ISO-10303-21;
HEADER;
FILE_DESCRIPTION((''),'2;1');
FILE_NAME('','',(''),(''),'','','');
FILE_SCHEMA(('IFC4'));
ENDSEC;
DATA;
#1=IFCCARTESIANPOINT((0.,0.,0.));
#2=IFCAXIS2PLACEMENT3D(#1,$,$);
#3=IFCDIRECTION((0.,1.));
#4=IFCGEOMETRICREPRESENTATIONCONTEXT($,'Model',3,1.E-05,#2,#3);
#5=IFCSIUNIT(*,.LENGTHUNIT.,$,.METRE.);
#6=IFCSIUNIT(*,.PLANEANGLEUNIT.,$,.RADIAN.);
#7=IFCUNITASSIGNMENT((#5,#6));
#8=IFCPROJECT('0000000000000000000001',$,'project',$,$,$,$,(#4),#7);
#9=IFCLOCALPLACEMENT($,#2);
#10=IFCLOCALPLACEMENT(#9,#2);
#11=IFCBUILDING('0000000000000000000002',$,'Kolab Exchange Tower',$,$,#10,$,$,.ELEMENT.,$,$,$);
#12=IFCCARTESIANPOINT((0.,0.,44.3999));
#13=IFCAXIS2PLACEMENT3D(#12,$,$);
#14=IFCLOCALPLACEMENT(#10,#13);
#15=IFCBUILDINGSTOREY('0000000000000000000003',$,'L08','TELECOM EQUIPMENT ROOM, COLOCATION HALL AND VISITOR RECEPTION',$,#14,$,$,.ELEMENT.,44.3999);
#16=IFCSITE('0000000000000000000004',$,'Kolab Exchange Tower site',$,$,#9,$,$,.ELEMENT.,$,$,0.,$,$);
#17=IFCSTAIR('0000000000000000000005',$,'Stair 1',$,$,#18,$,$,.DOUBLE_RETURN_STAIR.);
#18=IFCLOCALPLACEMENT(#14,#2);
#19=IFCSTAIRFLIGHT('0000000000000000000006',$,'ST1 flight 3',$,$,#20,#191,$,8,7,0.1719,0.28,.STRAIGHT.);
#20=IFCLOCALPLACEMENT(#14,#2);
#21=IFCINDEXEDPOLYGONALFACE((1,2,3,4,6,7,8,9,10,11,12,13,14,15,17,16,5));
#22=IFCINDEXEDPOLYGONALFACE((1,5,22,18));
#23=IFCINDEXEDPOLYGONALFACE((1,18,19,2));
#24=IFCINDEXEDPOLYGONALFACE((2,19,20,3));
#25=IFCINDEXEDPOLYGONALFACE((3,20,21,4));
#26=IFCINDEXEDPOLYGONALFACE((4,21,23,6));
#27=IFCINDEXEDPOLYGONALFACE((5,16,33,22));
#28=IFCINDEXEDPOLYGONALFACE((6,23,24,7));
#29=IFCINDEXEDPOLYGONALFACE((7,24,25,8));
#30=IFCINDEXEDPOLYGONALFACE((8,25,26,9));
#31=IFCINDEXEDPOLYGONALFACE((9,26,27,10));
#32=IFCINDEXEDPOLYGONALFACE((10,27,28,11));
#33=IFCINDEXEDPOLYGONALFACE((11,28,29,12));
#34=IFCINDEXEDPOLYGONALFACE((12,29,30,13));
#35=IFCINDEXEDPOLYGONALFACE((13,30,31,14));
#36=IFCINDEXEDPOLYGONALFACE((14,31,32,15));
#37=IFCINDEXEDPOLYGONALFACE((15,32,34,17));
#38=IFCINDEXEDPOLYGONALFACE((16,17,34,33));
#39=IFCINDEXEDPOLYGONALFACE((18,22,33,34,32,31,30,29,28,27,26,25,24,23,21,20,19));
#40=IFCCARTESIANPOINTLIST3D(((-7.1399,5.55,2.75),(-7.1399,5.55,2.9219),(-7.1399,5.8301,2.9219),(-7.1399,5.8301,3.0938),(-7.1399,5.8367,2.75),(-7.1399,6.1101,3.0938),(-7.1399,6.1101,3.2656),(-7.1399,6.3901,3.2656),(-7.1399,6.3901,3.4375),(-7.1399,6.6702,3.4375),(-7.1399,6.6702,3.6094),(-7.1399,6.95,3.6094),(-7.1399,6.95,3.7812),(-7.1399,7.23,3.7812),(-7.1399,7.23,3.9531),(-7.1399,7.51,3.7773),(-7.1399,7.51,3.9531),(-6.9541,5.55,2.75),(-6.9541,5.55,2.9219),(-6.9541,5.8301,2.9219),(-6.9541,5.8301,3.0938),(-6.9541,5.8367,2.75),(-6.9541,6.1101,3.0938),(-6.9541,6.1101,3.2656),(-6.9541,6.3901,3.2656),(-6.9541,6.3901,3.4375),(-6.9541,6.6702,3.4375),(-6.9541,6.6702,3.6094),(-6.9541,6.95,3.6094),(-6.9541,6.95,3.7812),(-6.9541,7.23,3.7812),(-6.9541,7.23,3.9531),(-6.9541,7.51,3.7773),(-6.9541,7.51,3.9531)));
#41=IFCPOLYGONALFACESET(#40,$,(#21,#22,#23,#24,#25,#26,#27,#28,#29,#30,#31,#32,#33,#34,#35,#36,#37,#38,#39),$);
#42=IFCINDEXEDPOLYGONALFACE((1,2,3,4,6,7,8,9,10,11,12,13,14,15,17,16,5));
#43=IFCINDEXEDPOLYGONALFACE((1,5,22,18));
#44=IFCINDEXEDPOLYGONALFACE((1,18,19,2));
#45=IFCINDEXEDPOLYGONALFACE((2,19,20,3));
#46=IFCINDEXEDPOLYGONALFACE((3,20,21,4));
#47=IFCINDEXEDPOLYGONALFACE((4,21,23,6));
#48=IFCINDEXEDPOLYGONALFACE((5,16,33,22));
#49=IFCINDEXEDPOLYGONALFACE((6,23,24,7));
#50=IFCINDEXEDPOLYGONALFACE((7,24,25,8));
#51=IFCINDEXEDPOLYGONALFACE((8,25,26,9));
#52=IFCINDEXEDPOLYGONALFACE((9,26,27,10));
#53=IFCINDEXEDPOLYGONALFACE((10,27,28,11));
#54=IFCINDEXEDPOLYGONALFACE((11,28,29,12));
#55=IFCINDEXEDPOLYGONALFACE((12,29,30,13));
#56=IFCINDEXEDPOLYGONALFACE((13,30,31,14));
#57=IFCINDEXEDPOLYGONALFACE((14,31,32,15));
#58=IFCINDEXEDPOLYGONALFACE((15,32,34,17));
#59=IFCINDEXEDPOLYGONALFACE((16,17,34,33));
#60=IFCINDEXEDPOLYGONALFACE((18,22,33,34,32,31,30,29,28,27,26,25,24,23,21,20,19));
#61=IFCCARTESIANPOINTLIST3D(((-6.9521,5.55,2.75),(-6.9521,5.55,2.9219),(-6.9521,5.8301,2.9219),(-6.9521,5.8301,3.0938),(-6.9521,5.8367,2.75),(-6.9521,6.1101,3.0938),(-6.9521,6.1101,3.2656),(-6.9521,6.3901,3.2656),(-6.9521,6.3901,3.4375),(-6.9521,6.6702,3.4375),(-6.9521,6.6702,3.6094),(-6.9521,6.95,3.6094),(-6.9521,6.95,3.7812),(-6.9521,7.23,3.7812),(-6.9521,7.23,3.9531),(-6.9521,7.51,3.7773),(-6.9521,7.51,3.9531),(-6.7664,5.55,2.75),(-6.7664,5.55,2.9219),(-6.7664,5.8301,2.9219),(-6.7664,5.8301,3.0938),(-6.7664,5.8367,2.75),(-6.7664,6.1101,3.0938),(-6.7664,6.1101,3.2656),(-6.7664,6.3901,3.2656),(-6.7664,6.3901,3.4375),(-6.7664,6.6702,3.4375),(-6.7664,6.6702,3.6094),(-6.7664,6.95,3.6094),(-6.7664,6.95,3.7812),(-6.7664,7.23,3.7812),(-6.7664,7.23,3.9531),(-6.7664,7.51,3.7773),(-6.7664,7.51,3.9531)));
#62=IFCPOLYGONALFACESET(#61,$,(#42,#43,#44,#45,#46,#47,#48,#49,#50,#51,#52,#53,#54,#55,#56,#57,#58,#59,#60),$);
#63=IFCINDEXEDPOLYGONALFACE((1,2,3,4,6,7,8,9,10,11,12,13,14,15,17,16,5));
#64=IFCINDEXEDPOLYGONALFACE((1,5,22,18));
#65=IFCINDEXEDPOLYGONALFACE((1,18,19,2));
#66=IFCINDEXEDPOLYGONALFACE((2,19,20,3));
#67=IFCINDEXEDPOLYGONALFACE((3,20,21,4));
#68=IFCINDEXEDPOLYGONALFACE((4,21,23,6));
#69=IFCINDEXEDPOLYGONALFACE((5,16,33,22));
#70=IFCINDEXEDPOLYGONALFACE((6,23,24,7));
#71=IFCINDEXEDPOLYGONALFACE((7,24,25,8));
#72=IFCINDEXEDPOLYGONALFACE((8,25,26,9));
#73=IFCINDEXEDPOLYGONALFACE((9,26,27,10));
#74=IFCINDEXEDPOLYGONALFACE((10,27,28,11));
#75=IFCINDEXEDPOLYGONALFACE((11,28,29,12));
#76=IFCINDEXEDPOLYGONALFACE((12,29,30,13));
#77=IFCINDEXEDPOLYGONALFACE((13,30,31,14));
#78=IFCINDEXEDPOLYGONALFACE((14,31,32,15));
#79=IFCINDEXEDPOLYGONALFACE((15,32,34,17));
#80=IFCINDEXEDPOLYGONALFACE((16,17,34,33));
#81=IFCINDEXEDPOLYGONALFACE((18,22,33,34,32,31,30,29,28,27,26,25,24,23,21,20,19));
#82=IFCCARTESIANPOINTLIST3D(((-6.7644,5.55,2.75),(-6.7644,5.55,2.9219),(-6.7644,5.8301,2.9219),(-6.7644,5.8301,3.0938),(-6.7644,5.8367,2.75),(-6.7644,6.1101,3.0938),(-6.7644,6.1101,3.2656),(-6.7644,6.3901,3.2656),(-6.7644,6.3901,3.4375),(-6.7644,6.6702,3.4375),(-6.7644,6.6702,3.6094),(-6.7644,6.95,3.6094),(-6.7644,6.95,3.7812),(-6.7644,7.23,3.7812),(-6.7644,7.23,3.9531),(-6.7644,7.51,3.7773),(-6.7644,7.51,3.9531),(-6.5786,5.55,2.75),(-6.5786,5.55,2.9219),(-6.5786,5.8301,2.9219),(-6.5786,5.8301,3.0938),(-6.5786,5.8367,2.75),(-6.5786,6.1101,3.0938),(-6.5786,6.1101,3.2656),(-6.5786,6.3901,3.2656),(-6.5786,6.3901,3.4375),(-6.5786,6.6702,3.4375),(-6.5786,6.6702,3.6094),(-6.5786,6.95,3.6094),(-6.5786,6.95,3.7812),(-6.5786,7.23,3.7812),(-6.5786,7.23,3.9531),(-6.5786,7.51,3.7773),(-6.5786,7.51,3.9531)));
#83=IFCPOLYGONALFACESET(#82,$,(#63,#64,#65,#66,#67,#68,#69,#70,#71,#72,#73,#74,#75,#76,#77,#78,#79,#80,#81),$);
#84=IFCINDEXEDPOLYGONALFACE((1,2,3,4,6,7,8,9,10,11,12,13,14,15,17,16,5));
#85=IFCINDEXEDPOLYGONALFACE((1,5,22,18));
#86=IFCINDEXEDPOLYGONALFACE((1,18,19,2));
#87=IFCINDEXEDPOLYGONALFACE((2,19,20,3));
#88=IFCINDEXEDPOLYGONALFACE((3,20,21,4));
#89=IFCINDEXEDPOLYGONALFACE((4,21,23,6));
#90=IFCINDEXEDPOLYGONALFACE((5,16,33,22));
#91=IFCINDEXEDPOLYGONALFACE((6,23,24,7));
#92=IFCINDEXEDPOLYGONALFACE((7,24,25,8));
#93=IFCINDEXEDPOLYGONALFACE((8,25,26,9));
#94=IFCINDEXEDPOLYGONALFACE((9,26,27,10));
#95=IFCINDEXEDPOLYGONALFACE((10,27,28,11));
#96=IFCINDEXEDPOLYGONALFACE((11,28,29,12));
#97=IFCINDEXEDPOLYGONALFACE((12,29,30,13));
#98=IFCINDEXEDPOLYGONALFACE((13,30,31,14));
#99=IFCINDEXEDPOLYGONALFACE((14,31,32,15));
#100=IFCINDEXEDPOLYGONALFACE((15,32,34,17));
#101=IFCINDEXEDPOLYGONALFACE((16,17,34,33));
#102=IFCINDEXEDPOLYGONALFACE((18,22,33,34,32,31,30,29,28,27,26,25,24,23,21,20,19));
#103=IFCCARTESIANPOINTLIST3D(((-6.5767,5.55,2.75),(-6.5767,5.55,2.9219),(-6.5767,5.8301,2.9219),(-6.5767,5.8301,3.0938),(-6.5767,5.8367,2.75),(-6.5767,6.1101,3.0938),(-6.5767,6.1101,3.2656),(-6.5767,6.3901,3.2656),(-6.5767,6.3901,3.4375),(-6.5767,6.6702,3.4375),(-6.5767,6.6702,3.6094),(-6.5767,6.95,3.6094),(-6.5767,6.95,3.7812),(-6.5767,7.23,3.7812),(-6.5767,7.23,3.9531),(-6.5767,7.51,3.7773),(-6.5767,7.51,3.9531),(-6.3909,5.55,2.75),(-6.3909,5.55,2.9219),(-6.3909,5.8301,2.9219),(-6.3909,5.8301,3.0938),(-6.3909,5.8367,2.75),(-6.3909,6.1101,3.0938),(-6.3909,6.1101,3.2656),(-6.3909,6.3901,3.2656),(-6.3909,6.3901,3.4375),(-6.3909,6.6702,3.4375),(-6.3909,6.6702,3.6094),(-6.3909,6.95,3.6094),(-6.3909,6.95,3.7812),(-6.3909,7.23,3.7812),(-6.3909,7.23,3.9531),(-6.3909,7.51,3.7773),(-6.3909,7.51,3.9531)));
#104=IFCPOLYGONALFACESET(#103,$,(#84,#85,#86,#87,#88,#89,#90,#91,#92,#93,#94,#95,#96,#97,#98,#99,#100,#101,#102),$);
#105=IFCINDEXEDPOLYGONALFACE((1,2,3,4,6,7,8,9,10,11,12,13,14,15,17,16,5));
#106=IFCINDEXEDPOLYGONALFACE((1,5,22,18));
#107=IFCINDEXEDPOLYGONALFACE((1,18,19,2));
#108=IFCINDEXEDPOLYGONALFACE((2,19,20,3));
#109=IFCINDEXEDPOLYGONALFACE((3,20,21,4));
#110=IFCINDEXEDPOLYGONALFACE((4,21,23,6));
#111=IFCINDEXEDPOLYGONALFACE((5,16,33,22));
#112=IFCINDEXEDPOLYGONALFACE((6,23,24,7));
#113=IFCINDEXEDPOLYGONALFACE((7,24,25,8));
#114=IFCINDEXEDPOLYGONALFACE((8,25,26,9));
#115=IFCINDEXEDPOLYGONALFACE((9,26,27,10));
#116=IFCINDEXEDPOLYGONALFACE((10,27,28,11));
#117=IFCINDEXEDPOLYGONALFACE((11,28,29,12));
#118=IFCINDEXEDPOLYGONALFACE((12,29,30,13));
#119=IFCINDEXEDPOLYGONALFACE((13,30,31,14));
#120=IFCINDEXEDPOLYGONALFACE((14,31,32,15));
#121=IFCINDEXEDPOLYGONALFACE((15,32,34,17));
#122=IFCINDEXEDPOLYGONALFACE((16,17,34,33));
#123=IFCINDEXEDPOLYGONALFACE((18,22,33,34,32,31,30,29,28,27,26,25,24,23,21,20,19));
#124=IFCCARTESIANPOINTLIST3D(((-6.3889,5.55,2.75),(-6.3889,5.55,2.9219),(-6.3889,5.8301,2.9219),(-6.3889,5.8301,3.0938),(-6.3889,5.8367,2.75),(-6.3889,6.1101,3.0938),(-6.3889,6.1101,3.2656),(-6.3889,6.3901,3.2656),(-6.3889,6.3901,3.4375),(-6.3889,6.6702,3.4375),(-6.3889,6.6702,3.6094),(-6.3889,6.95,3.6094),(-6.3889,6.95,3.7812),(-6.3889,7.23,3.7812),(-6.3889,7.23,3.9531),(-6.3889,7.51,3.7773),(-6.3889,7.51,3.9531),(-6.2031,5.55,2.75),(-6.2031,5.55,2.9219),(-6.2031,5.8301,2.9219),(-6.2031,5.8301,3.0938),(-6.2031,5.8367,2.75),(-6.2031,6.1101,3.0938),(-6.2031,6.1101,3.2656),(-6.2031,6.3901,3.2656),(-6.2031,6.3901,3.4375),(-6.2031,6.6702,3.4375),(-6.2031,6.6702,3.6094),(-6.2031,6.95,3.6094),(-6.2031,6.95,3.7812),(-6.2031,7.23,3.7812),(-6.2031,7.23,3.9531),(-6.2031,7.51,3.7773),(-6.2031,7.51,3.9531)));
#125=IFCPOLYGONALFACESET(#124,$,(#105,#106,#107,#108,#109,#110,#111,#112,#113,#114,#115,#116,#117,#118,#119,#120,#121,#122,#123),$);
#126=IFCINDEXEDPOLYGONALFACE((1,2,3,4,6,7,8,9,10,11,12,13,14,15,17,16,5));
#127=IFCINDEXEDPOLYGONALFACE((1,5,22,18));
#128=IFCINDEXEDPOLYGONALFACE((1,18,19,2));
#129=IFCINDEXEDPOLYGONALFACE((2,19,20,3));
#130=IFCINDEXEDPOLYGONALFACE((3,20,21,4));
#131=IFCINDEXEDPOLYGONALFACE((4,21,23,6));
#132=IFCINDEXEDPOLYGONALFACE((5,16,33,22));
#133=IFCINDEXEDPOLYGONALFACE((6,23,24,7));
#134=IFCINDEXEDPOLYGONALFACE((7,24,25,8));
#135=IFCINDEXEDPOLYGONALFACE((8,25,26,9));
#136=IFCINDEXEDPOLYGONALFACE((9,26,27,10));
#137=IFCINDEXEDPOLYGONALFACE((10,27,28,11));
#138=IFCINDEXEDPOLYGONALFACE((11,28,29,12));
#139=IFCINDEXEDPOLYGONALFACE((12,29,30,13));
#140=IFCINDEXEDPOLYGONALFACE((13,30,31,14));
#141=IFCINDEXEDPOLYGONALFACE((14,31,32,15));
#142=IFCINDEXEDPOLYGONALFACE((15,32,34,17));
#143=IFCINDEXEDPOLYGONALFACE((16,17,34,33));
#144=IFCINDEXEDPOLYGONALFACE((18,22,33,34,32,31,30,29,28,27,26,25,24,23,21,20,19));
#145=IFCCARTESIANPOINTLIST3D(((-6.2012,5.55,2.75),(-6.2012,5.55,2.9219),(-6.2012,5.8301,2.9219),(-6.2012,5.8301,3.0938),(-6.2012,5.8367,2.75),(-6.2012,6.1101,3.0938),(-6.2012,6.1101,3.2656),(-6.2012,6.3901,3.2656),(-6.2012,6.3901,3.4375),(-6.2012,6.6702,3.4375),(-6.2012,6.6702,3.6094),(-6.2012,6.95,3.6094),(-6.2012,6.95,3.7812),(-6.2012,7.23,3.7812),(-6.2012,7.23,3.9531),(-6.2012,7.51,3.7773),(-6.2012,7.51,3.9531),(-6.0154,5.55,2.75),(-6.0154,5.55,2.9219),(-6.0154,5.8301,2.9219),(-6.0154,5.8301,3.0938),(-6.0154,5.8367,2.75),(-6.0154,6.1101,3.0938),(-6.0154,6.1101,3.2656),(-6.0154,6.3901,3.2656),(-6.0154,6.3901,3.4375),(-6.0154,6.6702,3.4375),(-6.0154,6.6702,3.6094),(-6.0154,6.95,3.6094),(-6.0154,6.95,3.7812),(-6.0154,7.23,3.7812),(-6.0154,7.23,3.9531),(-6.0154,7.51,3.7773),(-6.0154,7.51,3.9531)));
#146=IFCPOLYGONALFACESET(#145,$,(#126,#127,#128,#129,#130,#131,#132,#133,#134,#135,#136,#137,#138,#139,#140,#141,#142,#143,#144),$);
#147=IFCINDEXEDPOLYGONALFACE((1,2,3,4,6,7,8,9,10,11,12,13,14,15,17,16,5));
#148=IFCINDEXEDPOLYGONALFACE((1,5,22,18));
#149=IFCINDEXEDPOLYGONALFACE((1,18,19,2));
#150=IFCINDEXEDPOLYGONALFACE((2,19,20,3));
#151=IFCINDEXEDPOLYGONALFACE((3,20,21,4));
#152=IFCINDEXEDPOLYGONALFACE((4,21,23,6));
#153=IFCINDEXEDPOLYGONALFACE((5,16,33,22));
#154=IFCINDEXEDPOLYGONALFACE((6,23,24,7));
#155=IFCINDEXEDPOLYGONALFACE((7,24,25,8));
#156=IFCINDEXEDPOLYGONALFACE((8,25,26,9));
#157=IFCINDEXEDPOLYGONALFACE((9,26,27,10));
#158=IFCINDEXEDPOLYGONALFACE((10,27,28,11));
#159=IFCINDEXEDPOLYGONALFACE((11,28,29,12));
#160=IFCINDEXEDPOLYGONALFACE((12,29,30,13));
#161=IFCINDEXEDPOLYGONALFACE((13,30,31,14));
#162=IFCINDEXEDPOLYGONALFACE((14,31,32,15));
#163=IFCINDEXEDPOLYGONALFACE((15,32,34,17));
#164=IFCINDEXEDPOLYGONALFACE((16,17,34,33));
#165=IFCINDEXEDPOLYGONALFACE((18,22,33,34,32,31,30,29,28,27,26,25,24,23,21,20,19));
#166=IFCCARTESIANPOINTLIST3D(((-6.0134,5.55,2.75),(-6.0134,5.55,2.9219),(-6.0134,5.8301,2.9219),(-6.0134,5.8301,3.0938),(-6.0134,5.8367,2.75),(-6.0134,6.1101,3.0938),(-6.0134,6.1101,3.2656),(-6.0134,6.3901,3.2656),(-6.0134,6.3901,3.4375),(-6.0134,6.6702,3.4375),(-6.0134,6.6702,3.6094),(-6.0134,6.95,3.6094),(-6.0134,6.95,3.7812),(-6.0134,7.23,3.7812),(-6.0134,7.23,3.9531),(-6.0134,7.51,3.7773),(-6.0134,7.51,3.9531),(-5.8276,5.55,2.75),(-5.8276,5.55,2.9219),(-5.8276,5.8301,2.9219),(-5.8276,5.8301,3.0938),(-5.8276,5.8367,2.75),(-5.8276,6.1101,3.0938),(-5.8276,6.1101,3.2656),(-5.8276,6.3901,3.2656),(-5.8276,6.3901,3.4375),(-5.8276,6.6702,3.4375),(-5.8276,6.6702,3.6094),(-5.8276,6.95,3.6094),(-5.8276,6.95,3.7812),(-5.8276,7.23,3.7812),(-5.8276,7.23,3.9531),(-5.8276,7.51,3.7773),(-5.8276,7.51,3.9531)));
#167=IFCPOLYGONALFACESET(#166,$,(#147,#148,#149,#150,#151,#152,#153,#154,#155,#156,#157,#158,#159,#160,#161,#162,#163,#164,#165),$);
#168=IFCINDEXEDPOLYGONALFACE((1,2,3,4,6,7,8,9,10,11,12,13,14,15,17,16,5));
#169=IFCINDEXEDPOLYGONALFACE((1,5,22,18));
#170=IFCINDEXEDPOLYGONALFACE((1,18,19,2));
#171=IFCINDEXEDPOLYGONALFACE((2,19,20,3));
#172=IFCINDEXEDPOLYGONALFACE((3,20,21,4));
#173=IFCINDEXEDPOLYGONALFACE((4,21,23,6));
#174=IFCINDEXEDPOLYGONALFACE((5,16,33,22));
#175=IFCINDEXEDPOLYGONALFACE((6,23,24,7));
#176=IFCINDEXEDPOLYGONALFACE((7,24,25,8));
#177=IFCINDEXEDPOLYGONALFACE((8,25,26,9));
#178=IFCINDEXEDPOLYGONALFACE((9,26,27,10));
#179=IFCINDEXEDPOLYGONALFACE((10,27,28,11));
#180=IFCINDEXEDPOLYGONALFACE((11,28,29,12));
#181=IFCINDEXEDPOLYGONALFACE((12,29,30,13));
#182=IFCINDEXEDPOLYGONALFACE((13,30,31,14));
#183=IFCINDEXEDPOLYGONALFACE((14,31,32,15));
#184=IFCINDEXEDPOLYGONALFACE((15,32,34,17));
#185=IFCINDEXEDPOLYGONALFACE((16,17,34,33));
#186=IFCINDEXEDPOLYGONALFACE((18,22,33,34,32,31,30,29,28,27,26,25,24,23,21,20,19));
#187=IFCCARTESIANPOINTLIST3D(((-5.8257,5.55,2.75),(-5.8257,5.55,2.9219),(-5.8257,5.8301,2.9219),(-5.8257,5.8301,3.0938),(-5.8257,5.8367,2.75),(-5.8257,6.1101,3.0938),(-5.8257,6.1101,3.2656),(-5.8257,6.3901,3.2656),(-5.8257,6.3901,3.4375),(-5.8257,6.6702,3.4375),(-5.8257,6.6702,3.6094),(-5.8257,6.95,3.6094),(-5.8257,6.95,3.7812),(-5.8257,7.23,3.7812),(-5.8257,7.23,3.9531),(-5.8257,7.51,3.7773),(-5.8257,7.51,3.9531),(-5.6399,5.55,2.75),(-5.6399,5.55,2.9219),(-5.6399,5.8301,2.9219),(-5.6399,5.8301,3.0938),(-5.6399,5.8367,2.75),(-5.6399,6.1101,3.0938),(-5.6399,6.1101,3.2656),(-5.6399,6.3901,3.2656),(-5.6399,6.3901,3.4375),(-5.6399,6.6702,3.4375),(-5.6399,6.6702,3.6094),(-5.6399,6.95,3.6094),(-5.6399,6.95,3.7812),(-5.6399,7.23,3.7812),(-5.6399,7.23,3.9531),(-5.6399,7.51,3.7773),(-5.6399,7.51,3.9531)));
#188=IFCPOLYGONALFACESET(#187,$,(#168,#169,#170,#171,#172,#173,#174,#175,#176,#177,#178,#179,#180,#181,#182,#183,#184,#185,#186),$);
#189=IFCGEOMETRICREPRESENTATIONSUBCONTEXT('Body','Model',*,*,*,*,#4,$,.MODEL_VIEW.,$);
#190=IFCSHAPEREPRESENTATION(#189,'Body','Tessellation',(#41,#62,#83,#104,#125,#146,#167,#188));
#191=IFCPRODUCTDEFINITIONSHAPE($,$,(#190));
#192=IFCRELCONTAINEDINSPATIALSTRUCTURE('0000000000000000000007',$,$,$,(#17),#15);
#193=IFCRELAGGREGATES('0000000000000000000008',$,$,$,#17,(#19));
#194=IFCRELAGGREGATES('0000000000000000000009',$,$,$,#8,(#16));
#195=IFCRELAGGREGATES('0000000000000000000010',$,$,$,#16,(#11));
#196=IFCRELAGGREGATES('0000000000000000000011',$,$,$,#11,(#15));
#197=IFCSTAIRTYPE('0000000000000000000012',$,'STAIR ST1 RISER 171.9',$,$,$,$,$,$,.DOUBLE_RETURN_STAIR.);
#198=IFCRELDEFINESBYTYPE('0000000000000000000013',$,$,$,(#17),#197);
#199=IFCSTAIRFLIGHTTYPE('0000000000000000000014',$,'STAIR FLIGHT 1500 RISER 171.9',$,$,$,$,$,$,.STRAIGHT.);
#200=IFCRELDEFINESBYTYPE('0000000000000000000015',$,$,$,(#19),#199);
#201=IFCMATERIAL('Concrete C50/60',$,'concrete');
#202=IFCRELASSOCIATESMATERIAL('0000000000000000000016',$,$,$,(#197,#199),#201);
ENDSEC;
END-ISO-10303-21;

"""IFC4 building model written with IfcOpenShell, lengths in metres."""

from ifc_helpers import new_model, si_unit, direction, frame, origin, place, context, subcontext, project, spatial, polyline, outline, extrude, material, type_object, element, aggregate, save


model = new_model("IFC4")

# Units and contexts
model_context = context("Model", 3, precision=1e-05, world=origin(), true_north=direction((0.0, 1.0)))
body_context = subcontext(model_context, "Body", "Model", "MODEL_VIEW")
ifc_project = project(units=[si_unit("LENGTHUNIT", "METRE"), si_unit("PLANEANGLEUNIT", "RADIAN")], contexts=[model_context])

# Site, building, storey
site_placement = place(None, origin())
site = spatial("IfcSite", under=ifc_project, at=site_placement, Name="Kolab Exchange Tower site", CompositionType="ELEMENT", RefElevation=0.0)
building_placement = place(site_placement, origin())
building = spatial("IfcBuilding", under=site, at=building_placement, Name="Kolab Exchange Tower", CompositionType="ELEMENT")
storey_placement = place(building_placement, frame((0.0, 0.0, 44.3999)))
storey = spatial("IfcBuildingStorey", under=building, at=storey_placement, Name="L08", Description="TELECOM EQUIPMENT ROOM, COLOCATION HALL AND VISITOR RECEPTION", CompositionType="ELEMENT", Elevation=44.3999)

# Shared definitions
ifc_material_1 = material(Name="Concrete C50/60", Category="concrete")

# Stair, stair flight
stair_type = type_object("IfcStairType", Name="STAIR ST1 RISER 171.9", PredefinedType="DOUBLE_RETURN_STAIR", material=ifc_material_1)
stair_placement = place(storey_placement, origin())
stair = element("IfcStair", 1, at=stair_placement, inside=storey, type_object=stair_type, Name="Stair 1", PredefinedType="DOUBLE_RETURN_STAIR")
stair_flight_type = type_object("IfcStairFlightType", Name="STAIR FLIGHT 1500 RISER 171.9", PredefinedType="STRAIGHT", material=ifc_material_1)
stair_flight_1_placement = place(storey_placement, frame((-6.3899, 5.55, 2.75), z_axis=(0.0, 0.0, 1.0), x_axis=(0.0, 1.0, 0.0)))
stair_flight_1 = element("IfcStairFlight", 2, at=stair_flight_1_placement, type_object=stair_flight_type, Name="ST1 flight 3", NumberOfRisers=8, NumberOfTreads=7, PredefinedType="STRAIGHT", RiserHeight=0.1719, TreadLength=0.28, context=body_context, shape_type="SweptSolid", body=[
    extrude(outline(polyline([(0.0, 0.0), (0.0, 0.1719), (0.28, 0.1719), (0.28, 0.3438), (0.5601, 0.3438), (0.5601, 0.5156), (0.8401, 0.5156), (0.8401, 0.6875), (1.1201, 0.6875), (1.1201, 0.8594), (1.3999, 0.8594), (1.3999, 1.0312), (1.6799, 1.0312), (1.6799, 1.2031), (1.96, 1.2031), (1.96, 1.375), (1.96, 1.0273), (0.2866, 0.0), (0.0, 0.0)])), frame((0.0, 0.75, 0.0), z_axis=(0.0, -1.0, 0.0), x_axis=(1.0, 0.0, 0.0)), (0.0, 0.0, 1.0), 0.1858),
    extrude(outline(polyline([(0.0, 0.0), (0.0, 0.1719), (0.28, 0.1719), (0.28, 0.3438), (0.5601, 0.3438), (0.5601, 0.5156), (0.8401, 0.5156), (0.8401, 0.6875), (1.1201, 0.6875), (1.1201, 0.8594), (1.3999, 0.8594), (1.3999, 1.0312), (1.6799, 1.0312), (1.6799, 1.2031), (1.96, 1.2031), (1.96, 1.375), (1.96, 1.0273), (0.2866, 0.0), (0.0, 0.0)])), frame((0.0, 0.5623, 0.0), z_axis=(0.0, -1.0, 0.0), x_axis=(1.0, 0.0, 0.0)), (0.0, 0.0, 1.0), 0.1858),
    extrude(outline(polyline([(0.0, 0.0), (0.0, 0.1719), (0.28, 0.1719), (0.28, 0.3438), (0.5601, 0.3438), (0.5601, 0.5156), (0.8401, 0.5156), (0.8401, 0.6875), (1.1201, 0.6875), (1.1201, 0.8594), (1.3999, 0.8594), (1.3999, 1.0312), (1.6799, 1.0312), (1.6799, 1.2031), (1.96, 1.2031), (1.96, 1.375), (1.96, 1.0273), (0.2866, 0.0), (0.0, 0.0)])), frame((0.0, 0.3745, 0.0), z_axis=(0.0, -1.0, 0.0), x_axis=(1.0, 0.0, 0.0)), (0.0, 0.0, 1.0), 0.1858),
    extrude(outline(polyline([(0.0, 0.0), (0.0, 0.1719), (0.28, 0.1719), (0.28, 0.3438), (0.5601, 0.3438), (0.5601, 0.5156), (0.8401, 0.5156), (0.8401, 0.6875), (1.1201, 0.6875), (1.1201, 0.8594), (1.3999, 0.8594), (1.3999, 1.0312), (1.6799, 1.0312), (1.6799, 1.2031), (1.96, 1.2031), (1.96, 1.375), (1.96, 1.0273), (0.2866, 0.0), (0.0, 0.0)])), frame((0.0, 0.1868, 0.0), z_axis=(0.0, -1.0, 0.0), x_axis=(1.0, 0.0, 0.0)), (0.0, 0.0, 1.0), 0.1858),
    extrude(outline(polyline([(0.0, 0.0), (0.0, 0.1719), (0.28, 0.1719), (0.28, 0.3438), (0.5601, 0.3438), (0.5601, 0.5156), (0.8401, 0.5156), (0.8401, 0.6875), (1.1201, 0.6875), (1.1201, 0.8594), (1.3999, 0.8594), (1.3999, 1.0312), (1.6799, 1.0312), (1.6799, 1.2031), (1.96, 1.2031), (1.96, 1.375), (1.96, 1.0273), (0.2866, 0.0), (0.0, 0.0)])), frame((0.0, -0.001, 0.0), z_axis=(0.0, -1.0, 0.0), x_axis=(1.0, 0.0, 0.0)), (0.0, 0.0, 1.0), 0.1858),
    extrude(outline(polyline([(0.0, 0.0), (0.0, 0.1719), (0.28, 0.1719), (0.28, 0.3438), (0.5601, 0.3438), (0.5601, 0.5156), (0.8401, 0.5156), (0.8401, 0.6875), (1.1201, 0.6875), (1.1201, 0.8594), (1.3999, 0.8594), (1.3999, 1.0312), (1.6799, 1.0312), (1.6799, 1.2031), (1.96, 1.2031), (1.96, 1.375), (1.96, 1.0273), (0.2866, 0.0), (0.0, 0.0)])), frame((0.0, -0.1887, 0.0), z_axis=(0.0, -1.0, 0.0), x_axis=(1.0, 0.0, 0.0)), (0.0, 0.0, 1.0), 0.1858),
    extrude(outline(polyline([(0.0, 0.0), (0.0, 0.1719), (0.28, 0.1719), (0.28, 0.3438), (0.5601, 0.3438), (0.5601, 0.5156), (0.8401, 0.5156), (0.8401, 0.6875), (1.1201, 0.6875), (1.1201, 0.8594), (1.3999, 0.8594), (1.3999, 1.0312), (1.6799, 1.0312), (1.6799, 1.2031), (1.96, 1.2031), (1.96, 1.375), (1.96, 1.0273), (0.2866, 0.0), (0.0, 0.0)])), frame((0.0, -0.3765, 0.0), z_axis=(0.0, -1.0, 0.0), x_axis=(1.0, 0.0, 0.0)), (0.0, 0.0, 1.0), 0.1858),
    extrude(outline(polyline([(0.0, 0.0), (0.0, 0.1719), (0.28, 0.1719), (0.28, 0.3438), (0.5601, 0.3438), (0.5601, 0.5156), (0.8401, 0.5156), (0.8401, 0.6875), (1.1201, 0.6875), (1.1201, 0.8594), (1.3999, 0.8594), (1.3999, 1.0312), (1.6799, 1.0312), (1.6799, 1.2031), (1.96, 1.2031), (1.96, 1.375), (1.96, 1.0273), (0.2866, 0.0), (0.0, 0.0)])), frame((0.0, -0.5642, 0.0), z_axis=(0.0, -1.0, 0.0), x_axis=(1.0, 0.0, 0.0)), (0.0, 0.0, 1.0), 0.1858),
])
aggregate(stair, [stair_flight_1])

save(model, "model.ifc")
